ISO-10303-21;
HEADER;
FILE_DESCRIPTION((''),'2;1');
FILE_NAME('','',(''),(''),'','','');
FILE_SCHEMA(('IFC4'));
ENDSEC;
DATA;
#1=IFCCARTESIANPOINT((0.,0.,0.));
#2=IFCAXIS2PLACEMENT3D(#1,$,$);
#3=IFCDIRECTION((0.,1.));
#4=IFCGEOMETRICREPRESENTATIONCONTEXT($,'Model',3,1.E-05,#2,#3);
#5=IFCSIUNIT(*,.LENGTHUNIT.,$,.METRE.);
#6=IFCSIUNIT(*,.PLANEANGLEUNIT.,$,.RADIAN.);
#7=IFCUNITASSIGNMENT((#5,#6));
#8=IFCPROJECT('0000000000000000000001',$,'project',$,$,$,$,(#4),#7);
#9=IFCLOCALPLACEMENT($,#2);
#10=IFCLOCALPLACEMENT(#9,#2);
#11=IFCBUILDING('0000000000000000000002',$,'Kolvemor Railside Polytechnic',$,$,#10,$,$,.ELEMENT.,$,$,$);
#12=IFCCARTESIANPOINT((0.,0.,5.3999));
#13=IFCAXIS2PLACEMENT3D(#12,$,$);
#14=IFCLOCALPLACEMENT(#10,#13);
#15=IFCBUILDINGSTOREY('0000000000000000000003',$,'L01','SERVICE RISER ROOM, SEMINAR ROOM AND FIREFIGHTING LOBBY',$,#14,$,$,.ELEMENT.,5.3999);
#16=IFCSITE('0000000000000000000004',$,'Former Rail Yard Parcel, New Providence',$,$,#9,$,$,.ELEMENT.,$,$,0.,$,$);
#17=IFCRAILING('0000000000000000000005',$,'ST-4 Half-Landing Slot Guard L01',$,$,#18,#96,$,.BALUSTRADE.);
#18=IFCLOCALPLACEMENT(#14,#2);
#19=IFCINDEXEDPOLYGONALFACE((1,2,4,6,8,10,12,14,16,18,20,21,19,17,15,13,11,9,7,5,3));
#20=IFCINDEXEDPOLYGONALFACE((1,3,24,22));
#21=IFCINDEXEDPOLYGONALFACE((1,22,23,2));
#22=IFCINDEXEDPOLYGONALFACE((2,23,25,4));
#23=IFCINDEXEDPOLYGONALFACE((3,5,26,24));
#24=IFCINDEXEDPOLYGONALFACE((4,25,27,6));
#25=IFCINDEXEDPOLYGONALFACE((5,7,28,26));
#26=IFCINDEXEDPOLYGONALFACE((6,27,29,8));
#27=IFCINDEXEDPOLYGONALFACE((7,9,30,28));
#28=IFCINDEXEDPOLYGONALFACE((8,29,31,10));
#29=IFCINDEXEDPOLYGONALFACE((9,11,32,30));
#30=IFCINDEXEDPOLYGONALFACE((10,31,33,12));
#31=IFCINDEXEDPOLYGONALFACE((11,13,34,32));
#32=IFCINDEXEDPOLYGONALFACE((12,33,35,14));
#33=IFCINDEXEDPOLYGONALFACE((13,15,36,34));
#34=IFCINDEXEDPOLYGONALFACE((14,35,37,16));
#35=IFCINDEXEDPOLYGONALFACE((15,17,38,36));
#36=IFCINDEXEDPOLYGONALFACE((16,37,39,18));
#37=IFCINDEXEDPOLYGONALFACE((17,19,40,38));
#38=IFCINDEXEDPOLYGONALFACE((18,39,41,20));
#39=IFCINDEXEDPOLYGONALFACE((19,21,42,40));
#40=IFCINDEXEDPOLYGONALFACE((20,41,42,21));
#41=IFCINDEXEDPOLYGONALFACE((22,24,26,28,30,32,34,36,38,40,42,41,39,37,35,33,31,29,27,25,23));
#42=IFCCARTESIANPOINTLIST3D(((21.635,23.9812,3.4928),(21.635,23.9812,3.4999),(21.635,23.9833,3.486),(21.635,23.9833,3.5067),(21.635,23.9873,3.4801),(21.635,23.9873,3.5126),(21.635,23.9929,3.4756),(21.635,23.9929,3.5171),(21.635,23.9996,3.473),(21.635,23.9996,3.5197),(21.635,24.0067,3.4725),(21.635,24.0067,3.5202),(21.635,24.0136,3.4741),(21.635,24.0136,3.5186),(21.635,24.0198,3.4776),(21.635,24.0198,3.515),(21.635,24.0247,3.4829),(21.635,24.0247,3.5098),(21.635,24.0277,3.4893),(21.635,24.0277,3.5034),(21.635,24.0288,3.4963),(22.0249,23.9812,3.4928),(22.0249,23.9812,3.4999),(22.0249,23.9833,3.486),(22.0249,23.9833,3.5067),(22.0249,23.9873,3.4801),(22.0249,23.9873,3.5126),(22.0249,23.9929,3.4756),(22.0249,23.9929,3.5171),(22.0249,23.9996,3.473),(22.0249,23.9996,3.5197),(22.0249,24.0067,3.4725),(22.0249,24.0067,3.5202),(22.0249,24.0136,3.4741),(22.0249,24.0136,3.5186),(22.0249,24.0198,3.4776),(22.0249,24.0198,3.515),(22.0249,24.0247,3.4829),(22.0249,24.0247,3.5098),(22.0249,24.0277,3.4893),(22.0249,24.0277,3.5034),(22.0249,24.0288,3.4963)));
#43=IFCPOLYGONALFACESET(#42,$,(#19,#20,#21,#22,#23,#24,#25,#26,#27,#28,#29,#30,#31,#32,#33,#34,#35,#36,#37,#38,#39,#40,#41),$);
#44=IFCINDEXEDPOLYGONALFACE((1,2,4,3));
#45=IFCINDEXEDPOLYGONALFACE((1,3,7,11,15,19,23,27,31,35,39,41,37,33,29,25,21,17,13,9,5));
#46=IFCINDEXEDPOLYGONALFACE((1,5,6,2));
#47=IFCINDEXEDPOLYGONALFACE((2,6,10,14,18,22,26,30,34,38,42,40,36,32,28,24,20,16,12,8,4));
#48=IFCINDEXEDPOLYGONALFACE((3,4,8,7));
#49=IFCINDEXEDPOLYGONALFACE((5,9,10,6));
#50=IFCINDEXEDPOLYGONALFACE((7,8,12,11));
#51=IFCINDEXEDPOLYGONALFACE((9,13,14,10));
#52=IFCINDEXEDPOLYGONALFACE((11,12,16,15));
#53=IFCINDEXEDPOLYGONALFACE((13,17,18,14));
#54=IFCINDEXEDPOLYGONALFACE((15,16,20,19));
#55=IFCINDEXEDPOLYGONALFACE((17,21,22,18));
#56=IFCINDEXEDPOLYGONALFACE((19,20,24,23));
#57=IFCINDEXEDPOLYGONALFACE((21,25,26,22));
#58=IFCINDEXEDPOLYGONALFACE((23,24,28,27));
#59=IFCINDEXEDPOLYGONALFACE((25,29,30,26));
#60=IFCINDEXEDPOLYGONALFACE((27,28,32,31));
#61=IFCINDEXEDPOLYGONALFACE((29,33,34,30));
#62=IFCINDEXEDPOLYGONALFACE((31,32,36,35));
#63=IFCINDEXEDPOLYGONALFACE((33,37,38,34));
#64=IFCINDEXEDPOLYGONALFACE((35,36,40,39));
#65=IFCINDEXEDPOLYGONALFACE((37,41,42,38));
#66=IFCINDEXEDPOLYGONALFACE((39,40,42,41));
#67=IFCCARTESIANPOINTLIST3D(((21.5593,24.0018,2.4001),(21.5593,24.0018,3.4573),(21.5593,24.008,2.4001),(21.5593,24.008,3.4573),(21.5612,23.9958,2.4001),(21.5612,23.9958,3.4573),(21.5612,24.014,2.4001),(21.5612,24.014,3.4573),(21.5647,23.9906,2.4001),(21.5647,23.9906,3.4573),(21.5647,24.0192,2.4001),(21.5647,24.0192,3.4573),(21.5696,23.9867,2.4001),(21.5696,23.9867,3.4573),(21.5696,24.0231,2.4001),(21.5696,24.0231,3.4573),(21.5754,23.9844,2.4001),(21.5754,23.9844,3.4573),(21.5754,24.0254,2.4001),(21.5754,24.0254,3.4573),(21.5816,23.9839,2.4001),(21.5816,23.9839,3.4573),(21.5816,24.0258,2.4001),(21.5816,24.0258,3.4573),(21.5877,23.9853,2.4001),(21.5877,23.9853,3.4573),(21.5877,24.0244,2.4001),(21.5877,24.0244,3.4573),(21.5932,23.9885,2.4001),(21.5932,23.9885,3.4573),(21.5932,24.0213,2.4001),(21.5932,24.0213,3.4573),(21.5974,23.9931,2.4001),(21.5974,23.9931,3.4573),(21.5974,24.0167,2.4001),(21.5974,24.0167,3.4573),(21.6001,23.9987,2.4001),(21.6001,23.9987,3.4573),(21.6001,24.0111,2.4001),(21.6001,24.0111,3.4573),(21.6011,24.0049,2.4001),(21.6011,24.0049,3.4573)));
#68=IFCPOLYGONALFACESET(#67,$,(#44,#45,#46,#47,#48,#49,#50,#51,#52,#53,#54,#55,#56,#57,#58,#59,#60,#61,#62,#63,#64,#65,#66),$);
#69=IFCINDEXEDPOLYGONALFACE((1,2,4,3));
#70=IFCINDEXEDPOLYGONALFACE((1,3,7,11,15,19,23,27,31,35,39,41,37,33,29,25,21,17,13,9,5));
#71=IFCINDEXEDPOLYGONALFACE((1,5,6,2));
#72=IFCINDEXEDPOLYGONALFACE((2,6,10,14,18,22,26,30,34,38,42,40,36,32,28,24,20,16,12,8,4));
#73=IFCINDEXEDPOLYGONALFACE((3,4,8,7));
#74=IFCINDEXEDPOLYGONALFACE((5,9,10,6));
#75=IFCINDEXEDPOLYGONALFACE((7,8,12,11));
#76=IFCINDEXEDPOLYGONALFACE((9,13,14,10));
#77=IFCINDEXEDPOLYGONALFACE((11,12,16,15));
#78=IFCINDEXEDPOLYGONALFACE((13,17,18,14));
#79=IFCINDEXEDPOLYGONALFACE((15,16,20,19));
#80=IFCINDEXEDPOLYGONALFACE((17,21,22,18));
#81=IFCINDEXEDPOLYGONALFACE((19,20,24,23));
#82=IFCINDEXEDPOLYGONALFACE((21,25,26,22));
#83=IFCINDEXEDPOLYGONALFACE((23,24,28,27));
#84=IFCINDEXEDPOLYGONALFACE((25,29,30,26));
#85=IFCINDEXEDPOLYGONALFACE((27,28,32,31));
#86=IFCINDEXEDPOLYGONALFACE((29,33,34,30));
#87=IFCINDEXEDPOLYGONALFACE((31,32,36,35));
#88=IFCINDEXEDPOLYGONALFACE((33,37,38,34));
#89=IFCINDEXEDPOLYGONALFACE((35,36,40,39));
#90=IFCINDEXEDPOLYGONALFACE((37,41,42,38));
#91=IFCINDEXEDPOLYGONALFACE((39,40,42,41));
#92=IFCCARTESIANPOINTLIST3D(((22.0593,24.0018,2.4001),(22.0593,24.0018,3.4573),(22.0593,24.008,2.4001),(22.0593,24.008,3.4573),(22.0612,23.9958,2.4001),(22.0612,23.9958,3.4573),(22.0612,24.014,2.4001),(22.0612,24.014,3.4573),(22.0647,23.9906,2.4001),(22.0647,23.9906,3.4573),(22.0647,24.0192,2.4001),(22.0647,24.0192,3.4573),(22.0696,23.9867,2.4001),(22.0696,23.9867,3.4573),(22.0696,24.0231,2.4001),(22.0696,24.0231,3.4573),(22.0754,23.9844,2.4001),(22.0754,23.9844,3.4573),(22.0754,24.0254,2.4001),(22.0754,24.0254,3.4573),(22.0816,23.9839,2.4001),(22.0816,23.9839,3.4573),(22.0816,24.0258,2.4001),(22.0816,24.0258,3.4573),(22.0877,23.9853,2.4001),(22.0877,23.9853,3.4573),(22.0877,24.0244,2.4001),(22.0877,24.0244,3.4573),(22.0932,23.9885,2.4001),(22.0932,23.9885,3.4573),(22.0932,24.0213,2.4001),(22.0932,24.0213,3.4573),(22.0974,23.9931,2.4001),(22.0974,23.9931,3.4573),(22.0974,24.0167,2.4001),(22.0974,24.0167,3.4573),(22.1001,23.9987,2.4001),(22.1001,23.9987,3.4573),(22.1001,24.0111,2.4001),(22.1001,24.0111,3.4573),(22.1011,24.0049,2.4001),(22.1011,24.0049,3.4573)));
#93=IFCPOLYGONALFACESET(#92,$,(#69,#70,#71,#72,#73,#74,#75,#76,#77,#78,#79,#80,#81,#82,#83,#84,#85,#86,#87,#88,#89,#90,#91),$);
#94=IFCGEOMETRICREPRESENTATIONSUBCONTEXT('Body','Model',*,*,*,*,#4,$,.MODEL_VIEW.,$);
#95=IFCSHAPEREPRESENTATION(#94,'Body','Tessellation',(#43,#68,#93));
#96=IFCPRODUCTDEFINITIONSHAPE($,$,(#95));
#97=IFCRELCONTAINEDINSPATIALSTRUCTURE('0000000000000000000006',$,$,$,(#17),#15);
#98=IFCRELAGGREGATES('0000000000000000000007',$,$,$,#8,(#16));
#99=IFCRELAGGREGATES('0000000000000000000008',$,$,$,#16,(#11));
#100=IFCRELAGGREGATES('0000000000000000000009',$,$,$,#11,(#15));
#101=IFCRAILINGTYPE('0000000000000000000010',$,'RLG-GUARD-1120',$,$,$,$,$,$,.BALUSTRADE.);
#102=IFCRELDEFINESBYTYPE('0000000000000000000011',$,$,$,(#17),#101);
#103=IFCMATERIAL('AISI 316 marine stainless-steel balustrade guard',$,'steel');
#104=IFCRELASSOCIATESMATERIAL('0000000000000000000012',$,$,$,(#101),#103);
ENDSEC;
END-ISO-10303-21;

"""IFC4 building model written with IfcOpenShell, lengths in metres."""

from ifc_helpers import new_model, si_unit, direction, frame, origin, origin_2d, place, context, subcontext, project, spatial, circle, extrude, material, type_object, element, save


model = new_model("IFC4")

# Units and contexts
model_context = context("Model", 3, precision=1e-05, world=origin(), true_north=direction((0.0, 1.0)))
body_context = subcontext(model_context, "Body", "Model", "MODEL_VIEW")
ifc_project = project(units=[si_unit("LENGTHUNIT", "METRE"), si_unit("PLANEANGLEUNIT", "RADIAN")], contexts=[model_context])

# Site, building, storey
site_placement = place(None, origin())
site = spatial("IfcSite", under=ifc_project, at=site_placement, Name="Former Rail Yard Parcel, New Providence", CompositionType="ELEMENT", RefElevation=0.0)
building_placement = place(site_placement, origin())
building = spatial("IfcBuilding", under=site, at=building_placement, Name="Kolvemor Railside Polytechnic", CompositionType="ELEMENT")
storey_placement = place(building_placement, frame((0.0, 0.0, 5.3999)))
storey = spatial("IfcBuildingStorey", under=building, at=storey_placement, Name="L01", Description="SERVICE RISER ROOM, SEMINAR ROOM AND FIREFIGHTING LOBBY", CompositionType="ELEMENT", Elevation=5.3999)

# Railing
ifc_material_1 = material(Name="AISI 316 marine stainless-steel balustrade guard", Category="steel")
railing_type_1 = type_object("IfcRailingType", Name="RLG-GUARD-1120", PredefinedType="BALUSTRADE", material=ifc_material_1)
railing_1_placement = place(storey_placement, frame((21.5801, 24.0049, 2.4001)))
element("IfcRailing", 1, at=railing_1_placement, inside=storey, type_object=railing_type_1, Name="ST-4 Half-Landing Slot Guard L01", PredefinedType="BALUSTRADE", context=body_context, shape_type="SweptSolid", body=[
    extrude(circle(Radius=0.0239, at=origin_2d()), frame((0.0549, 0.0, 1.0962), z_axis=(1.0, 0.0, 0.0), x_axis=(0.0, 1.0, 0.0)), (0.0, 0.0, 1.0), 0.3899),
    extrude(circle(Radius=0.021, at=origin_2d()), origin(), (0.0, 0.0, 1.0), 1.0571),
    extrude(circle(Radius=0.021, at=origin_2d()), frame((0.5, 0.0, 0.0)), (0.0, 0.0, 1.0), 1.0571),
])

save(model, "model.ifc")
